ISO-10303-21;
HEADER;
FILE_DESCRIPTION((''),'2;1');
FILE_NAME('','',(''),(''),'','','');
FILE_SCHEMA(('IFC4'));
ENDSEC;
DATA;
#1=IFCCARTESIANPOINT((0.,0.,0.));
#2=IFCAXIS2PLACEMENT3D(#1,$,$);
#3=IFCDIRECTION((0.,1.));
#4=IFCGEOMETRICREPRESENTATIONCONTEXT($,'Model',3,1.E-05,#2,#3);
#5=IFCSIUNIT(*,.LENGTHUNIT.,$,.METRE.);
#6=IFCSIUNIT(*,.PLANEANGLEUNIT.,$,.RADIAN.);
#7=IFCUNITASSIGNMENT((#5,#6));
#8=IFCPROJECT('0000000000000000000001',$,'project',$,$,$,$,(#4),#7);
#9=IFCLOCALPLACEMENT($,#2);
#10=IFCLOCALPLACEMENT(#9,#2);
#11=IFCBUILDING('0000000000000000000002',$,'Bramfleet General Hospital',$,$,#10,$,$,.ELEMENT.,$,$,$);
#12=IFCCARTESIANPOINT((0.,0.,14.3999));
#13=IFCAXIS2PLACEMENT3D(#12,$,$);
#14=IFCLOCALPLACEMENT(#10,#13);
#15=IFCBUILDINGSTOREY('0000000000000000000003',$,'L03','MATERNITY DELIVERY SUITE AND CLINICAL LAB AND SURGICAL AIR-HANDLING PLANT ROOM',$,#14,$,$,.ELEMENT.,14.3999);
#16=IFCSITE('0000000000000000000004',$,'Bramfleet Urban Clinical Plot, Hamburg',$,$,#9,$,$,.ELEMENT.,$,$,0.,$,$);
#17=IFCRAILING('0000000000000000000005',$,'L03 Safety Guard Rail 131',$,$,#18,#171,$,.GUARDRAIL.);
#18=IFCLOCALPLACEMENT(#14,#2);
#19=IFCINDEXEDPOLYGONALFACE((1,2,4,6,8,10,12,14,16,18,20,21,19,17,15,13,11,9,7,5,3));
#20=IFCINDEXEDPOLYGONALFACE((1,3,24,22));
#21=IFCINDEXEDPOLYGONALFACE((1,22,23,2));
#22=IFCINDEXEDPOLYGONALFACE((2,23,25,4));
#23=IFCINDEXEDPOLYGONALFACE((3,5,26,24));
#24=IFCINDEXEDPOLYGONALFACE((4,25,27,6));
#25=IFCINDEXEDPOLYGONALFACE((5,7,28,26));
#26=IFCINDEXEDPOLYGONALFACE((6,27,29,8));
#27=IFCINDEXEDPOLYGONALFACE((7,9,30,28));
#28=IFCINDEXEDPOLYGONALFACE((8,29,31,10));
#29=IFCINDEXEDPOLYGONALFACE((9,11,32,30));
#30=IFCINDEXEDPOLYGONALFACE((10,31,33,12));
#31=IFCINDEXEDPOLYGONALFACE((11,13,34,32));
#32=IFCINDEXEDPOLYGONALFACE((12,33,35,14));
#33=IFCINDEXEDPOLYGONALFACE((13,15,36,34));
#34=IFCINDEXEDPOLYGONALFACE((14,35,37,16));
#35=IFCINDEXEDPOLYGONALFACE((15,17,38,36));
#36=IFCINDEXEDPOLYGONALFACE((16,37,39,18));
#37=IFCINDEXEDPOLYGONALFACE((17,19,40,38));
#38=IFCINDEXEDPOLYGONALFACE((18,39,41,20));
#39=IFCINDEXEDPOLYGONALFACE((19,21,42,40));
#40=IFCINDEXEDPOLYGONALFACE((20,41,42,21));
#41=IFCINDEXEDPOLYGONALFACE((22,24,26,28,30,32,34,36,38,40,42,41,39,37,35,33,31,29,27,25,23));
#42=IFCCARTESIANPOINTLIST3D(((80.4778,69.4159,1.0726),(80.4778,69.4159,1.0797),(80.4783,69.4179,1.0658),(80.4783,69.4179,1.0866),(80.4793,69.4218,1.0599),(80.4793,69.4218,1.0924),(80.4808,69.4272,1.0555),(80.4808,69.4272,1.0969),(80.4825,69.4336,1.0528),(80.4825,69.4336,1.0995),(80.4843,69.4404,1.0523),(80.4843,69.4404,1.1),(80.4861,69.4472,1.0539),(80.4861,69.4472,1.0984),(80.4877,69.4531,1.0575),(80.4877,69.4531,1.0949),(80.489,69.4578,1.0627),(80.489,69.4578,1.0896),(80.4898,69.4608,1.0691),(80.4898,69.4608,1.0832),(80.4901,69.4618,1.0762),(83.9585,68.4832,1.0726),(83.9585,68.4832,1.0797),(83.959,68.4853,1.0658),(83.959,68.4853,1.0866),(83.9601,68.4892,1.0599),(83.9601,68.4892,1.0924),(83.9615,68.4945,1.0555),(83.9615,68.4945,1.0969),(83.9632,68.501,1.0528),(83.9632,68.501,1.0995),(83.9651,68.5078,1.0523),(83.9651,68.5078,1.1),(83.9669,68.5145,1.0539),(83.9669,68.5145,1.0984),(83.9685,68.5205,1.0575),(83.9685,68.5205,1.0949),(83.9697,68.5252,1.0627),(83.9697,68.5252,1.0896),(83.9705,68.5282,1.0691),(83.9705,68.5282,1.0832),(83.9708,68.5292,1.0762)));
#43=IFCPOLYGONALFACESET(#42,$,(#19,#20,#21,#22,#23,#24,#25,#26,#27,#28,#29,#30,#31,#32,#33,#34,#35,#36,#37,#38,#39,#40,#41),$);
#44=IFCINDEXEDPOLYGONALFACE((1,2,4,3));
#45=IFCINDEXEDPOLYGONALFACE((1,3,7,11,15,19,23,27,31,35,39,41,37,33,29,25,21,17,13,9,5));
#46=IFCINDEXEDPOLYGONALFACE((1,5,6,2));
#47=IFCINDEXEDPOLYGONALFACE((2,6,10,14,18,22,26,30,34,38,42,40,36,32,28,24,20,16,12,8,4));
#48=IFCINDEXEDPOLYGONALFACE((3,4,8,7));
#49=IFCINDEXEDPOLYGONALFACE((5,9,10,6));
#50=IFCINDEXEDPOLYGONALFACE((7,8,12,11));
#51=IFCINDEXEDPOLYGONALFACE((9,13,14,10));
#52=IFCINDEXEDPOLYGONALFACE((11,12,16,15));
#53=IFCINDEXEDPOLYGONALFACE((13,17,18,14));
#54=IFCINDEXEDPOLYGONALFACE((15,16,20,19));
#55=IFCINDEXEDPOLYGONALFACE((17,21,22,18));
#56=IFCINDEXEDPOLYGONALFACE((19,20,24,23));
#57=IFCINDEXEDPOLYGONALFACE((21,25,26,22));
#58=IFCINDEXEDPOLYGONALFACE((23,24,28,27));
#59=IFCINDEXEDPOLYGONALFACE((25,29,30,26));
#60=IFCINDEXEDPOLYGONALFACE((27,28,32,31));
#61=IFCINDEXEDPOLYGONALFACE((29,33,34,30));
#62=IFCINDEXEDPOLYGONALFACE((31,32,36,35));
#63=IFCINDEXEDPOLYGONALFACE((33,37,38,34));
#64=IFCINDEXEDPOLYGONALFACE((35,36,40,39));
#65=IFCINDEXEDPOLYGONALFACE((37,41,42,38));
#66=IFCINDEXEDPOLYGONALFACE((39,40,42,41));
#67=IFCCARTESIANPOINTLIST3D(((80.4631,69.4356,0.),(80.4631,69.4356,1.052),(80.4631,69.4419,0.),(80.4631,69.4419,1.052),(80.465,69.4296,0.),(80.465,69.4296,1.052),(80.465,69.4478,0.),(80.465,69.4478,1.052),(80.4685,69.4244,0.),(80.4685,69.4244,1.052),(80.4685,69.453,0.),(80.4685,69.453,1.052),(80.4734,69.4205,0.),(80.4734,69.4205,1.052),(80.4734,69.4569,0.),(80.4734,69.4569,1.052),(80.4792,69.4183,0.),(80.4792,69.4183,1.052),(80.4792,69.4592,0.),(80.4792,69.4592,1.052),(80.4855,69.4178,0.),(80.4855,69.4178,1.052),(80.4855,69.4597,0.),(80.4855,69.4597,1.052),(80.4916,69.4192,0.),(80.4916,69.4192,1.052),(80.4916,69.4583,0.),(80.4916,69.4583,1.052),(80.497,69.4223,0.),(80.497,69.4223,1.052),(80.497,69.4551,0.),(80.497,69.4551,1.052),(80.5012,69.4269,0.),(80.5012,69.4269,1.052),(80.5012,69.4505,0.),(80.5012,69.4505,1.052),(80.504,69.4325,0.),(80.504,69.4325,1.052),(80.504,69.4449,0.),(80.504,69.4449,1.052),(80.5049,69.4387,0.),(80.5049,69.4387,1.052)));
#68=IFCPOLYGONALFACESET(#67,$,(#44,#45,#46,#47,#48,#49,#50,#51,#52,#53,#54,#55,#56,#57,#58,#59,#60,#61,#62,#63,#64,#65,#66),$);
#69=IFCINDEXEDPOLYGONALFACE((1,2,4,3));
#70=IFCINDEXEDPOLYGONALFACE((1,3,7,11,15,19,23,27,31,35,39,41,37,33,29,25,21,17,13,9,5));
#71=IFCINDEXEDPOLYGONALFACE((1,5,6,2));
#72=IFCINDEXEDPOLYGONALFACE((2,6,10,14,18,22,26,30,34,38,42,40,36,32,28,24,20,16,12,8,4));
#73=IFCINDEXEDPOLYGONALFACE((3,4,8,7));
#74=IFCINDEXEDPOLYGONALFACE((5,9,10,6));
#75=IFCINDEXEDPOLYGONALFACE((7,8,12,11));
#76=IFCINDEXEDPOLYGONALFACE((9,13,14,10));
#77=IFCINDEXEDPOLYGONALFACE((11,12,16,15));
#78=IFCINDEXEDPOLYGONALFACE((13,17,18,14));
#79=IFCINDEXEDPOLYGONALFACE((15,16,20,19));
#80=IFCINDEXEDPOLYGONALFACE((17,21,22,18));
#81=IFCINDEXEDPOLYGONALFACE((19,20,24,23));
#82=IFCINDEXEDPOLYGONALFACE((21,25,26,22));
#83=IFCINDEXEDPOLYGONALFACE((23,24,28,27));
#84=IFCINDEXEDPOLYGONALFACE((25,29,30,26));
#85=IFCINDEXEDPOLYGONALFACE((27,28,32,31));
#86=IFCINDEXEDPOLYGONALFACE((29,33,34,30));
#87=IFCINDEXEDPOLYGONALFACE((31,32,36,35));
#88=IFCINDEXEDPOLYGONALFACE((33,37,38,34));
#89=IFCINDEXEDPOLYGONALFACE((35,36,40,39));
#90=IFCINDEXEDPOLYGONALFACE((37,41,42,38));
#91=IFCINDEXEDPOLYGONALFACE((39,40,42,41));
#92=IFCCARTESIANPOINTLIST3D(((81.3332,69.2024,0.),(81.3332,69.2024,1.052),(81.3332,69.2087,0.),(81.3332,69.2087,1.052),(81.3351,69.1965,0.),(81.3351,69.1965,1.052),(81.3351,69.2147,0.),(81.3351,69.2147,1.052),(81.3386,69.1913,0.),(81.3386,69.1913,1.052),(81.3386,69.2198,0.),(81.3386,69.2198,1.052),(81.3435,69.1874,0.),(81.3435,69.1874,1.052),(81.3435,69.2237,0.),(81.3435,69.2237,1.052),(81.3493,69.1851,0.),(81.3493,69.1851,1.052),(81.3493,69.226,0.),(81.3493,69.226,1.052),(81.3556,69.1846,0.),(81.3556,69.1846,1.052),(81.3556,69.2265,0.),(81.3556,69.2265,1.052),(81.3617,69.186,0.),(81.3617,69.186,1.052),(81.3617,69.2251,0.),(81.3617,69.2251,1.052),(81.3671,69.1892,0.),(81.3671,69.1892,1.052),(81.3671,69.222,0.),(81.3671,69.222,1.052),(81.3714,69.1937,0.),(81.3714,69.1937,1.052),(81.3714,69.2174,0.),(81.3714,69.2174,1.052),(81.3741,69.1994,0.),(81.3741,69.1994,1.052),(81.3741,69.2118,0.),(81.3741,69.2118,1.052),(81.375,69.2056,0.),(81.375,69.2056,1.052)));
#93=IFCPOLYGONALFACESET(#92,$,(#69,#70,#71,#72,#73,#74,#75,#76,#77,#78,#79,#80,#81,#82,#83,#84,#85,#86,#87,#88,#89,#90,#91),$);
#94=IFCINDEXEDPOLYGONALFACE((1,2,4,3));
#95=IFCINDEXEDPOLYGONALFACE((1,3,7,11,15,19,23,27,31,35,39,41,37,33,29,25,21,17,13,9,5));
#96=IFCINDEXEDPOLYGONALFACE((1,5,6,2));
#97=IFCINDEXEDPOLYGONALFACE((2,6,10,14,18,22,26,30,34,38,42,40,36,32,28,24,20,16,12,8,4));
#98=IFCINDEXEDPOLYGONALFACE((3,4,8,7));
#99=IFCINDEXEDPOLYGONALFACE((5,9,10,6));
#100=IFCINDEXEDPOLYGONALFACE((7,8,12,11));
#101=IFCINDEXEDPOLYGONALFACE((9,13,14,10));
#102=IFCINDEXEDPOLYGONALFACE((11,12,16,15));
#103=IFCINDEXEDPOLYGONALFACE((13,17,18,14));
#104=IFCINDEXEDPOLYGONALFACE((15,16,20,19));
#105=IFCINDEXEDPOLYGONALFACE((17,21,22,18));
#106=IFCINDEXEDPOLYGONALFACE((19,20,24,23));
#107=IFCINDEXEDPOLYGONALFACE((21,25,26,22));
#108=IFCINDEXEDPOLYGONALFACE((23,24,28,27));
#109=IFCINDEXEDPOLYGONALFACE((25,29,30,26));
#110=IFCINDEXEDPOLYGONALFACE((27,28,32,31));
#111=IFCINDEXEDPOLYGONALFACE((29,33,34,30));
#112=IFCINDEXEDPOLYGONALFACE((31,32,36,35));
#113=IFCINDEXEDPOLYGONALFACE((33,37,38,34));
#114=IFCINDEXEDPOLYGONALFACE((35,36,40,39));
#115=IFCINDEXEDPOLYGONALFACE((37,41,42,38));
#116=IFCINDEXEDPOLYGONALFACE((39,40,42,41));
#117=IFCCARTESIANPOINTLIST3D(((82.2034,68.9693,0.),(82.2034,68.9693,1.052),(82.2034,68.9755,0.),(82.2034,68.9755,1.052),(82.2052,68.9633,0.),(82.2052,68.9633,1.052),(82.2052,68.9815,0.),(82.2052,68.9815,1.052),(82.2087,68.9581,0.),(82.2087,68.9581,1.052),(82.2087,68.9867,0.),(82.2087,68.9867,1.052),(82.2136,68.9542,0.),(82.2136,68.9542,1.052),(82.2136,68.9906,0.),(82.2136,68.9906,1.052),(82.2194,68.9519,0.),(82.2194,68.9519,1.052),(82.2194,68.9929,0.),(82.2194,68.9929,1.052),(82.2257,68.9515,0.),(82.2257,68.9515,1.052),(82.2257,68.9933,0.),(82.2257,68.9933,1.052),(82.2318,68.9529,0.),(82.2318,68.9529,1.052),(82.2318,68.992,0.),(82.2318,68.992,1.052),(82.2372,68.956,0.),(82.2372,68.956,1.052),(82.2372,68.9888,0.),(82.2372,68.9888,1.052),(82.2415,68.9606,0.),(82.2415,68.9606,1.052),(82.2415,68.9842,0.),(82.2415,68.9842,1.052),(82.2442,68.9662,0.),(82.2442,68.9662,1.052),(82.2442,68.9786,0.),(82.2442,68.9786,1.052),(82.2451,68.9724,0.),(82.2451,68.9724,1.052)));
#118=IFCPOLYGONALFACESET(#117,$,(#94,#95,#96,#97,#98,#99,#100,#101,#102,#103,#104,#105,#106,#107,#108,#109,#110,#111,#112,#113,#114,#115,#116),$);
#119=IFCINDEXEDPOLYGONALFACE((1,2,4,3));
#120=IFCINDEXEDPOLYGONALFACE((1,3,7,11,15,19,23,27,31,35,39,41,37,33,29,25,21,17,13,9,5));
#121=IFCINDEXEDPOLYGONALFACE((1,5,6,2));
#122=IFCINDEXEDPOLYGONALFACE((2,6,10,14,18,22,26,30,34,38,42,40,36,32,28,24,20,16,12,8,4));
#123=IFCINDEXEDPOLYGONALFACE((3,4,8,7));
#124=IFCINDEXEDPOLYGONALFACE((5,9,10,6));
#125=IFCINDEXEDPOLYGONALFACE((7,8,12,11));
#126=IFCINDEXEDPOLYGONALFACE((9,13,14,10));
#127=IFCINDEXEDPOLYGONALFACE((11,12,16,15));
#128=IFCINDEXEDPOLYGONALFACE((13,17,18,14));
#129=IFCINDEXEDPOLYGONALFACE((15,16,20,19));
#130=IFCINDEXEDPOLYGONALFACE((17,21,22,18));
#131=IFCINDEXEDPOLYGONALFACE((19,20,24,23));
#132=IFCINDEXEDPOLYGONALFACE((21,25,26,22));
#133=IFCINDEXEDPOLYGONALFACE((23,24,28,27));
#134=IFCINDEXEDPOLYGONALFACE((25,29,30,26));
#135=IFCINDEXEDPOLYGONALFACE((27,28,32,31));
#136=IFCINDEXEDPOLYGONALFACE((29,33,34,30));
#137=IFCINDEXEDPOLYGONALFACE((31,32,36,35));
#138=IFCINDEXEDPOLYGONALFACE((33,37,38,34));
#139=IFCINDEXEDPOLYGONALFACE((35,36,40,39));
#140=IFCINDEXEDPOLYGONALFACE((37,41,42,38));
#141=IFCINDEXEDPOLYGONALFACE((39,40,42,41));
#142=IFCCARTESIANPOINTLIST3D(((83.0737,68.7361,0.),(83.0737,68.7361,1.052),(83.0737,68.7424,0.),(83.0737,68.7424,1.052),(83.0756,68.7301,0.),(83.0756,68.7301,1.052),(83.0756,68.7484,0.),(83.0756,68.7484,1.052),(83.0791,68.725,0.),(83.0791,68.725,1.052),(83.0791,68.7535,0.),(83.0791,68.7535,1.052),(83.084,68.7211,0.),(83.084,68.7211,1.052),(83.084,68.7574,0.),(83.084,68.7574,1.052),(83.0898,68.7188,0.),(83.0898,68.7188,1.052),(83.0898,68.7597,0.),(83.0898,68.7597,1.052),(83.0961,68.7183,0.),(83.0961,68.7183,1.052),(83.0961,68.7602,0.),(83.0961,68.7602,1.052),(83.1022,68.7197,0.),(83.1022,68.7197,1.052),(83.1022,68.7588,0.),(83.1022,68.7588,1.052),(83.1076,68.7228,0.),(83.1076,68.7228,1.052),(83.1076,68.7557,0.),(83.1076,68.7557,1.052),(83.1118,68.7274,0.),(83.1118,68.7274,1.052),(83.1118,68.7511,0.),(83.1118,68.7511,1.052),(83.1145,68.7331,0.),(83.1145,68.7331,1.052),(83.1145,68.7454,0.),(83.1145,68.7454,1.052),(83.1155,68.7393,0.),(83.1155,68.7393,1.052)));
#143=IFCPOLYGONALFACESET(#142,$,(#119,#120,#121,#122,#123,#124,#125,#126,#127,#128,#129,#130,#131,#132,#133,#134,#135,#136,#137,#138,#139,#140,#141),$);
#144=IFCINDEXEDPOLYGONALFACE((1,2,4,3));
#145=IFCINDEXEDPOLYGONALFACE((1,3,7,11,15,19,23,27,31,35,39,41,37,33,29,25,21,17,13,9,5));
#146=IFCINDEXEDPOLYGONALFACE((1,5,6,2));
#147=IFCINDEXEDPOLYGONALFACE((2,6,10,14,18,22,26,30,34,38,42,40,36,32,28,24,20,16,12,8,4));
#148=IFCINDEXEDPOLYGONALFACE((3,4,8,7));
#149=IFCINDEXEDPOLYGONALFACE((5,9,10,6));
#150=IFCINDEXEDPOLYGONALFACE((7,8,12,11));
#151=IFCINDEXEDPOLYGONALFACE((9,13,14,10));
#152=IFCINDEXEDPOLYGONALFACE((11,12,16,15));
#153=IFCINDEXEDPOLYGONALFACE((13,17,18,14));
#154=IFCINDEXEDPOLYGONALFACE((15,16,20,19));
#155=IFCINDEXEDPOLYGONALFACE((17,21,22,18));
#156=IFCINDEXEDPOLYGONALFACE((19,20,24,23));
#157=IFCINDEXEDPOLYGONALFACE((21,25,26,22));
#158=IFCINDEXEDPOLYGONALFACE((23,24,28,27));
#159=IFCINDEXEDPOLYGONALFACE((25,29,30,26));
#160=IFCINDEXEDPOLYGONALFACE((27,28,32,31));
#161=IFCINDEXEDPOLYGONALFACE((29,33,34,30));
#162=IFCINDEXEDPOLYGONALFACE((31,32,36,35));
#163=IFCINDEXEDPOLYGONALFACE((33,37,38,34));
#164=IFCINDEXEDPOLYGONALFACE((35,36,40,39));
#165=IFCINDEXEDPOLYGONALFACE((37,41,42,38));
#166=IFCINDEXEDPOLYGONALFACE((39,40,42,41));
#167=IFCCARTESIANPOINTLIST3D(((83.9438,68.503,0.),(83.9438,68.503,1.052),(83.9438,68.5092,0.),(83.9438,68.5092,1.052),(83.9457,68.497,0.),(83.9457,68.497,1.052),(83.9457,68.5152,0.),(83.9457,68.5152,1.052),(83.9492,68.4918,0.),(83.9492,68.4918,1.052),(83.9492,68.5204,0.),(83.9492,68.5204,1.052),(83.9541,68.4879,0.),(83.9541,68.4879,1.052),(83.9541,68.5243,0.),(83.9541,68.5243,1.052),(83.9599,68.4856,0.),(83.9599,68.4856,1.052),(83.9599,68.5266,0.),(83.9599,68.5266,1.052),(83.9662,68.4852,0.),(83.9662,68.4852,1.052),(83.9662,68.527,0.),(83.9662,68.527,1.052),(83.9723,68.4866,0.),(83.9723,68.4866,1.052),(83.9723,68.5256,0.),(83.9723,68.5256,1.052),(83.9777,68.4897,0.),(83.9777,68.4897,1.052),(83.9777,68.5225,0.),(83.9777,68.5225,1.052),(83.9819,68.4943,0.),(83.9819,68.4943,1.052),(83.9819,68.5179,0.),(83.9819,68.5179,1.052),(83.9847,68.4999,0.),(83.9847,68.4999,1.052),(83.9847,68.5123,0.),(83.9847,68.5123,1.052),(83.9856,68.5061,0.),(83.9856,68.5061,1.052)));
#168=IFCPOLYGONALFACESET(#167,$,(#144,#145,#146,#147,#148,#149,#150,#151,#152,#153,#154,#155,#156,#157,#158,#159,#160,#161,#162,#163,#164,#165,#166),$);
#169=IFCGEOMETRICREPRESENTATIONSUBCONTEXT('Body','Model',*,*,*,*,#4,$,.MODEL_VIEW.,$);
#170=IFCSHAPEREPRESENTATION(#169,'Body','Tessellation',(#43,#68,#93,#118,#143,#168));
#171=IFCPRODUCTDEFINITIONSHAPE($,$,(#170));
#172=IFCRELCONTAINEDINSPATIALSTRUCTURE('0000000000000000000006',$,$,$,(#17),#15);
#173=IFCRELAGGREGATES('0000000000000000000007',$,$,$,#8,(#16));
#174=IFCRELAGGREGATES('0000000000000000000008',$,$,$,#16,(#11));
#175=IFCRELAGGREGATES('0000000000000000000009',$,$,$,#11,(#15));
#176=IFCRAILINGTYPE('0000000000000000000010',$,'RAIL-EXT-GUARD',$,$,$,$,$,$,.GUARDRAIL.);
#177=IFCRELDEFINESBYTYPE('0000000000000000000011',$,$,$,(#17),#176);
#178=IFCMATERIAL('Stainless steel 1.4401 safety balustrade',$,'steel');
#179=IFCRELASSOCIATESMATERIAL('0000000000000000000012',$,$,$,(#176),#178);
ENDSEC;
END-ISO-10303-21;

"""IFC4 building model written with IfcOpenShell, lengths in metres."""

from ifc_helpers import new_model, si_unit, direction, frame, origin, origin_2d, place, context, subcontext, project, spatial, circle, extrude, material, type_object, element, save


model = new_model("IFC4")

# Units and contexts
model_context = context("Model", 3, precision=1e-05, world=origin(), true_north=direction((0.0, 1.0)))
body_context = subcontext(model_context, "Body", "Model", "MODEL_VIEW")
ifc_project = project(units=[si_unit("LENGTHUNIT", "METRE"), si_unit("PLANEANGLEUNIT", "RADIAN")], contexts=[model_context])

# Site, building, storey
site_placement = place(None, origin())
site = spatial("IfcSite", under=ifc_project, at=site_placement, Name="Bramfleet Urban Clinical Plot, Hamburg", CompositionType="ELEMENT", RefElevation=0.0)
building_placement = place(site_placement, origin())
building = spatial("IfcBuilding", under=site, at=building_placement, Name="Bramfleet General Hospital", CompositionType="ELEMENT")
storey_placement = place(building_placement, frame((0.0, 0.0, 14.3999)))
storey = spatial("IfcBuildingStorey", under=building, at=storey_placement, Name="L03", Description="MATERNITY DELIVERY SUITE AND CLINICAL LAB AND SURGICAL AIR-HANDLING PLANT ROOM", CompositionType="ELEMENT", Elevation=14.3999)

# Railing
ifc_material_1 = material(Name="Stainless steel 1.4401 safety balustrade", Category="steel")
railing_type = type_object("IfcRailingType", Name="RAIL-EXT-GUARD", PredefinedType="GUARDRAIL", material=ifc_material_1)
railing_1_placement = place(storey_placement, frame((80.4839, 69.4387, 0.0)))
element("IfcRailing", 1, at=railing_1_placement, inside=storey, type_object=railing_type, Name="L03 Safety Guard Rail 131", PredefinedType="GUARDRAIL", context=body_context, shape_type="SweptSolid", body=[
    extrude(circle(Radius=0.0239, at=origin_2d()), frame((0.0, 0.0, 1.0762), z_axis=(0.965928, -0.258809, 0.0), x_axis=(0.258809, 0.965928, 0.0)), (0.0, 0.0, 1.0), 3.6035),
    extrude(circle(Radius=0.021, at=origin_2d()), origin(), (0.0, 0.0, 1.0), 1.052),
    extrude(circle(Radius=0.021, at=origin_2d()), frame((0.8701, -0.2332, 0.0)), (0.0, 0.0, 1.0), 1.052),
    extrude(circle(Radius=0.021, at=origin_2d()), frame((1.7402, -0.4663, 0.0)), (0.0, 0.0, 1.0), 1.052),
    extrude(circle(Radius=0.021, at=origin_2d()), frame((2.6106, -0.6995, 0.0)), (0.0, 0.0, 1.0), 1.052),
    extrude(circle(Radius=0.021, at=origin_2d()), frame((3.4807, -0.9326, 0.0)), (0.0, 0.0, 1.0), 1.052),
])

save(model, "model.ifc")
